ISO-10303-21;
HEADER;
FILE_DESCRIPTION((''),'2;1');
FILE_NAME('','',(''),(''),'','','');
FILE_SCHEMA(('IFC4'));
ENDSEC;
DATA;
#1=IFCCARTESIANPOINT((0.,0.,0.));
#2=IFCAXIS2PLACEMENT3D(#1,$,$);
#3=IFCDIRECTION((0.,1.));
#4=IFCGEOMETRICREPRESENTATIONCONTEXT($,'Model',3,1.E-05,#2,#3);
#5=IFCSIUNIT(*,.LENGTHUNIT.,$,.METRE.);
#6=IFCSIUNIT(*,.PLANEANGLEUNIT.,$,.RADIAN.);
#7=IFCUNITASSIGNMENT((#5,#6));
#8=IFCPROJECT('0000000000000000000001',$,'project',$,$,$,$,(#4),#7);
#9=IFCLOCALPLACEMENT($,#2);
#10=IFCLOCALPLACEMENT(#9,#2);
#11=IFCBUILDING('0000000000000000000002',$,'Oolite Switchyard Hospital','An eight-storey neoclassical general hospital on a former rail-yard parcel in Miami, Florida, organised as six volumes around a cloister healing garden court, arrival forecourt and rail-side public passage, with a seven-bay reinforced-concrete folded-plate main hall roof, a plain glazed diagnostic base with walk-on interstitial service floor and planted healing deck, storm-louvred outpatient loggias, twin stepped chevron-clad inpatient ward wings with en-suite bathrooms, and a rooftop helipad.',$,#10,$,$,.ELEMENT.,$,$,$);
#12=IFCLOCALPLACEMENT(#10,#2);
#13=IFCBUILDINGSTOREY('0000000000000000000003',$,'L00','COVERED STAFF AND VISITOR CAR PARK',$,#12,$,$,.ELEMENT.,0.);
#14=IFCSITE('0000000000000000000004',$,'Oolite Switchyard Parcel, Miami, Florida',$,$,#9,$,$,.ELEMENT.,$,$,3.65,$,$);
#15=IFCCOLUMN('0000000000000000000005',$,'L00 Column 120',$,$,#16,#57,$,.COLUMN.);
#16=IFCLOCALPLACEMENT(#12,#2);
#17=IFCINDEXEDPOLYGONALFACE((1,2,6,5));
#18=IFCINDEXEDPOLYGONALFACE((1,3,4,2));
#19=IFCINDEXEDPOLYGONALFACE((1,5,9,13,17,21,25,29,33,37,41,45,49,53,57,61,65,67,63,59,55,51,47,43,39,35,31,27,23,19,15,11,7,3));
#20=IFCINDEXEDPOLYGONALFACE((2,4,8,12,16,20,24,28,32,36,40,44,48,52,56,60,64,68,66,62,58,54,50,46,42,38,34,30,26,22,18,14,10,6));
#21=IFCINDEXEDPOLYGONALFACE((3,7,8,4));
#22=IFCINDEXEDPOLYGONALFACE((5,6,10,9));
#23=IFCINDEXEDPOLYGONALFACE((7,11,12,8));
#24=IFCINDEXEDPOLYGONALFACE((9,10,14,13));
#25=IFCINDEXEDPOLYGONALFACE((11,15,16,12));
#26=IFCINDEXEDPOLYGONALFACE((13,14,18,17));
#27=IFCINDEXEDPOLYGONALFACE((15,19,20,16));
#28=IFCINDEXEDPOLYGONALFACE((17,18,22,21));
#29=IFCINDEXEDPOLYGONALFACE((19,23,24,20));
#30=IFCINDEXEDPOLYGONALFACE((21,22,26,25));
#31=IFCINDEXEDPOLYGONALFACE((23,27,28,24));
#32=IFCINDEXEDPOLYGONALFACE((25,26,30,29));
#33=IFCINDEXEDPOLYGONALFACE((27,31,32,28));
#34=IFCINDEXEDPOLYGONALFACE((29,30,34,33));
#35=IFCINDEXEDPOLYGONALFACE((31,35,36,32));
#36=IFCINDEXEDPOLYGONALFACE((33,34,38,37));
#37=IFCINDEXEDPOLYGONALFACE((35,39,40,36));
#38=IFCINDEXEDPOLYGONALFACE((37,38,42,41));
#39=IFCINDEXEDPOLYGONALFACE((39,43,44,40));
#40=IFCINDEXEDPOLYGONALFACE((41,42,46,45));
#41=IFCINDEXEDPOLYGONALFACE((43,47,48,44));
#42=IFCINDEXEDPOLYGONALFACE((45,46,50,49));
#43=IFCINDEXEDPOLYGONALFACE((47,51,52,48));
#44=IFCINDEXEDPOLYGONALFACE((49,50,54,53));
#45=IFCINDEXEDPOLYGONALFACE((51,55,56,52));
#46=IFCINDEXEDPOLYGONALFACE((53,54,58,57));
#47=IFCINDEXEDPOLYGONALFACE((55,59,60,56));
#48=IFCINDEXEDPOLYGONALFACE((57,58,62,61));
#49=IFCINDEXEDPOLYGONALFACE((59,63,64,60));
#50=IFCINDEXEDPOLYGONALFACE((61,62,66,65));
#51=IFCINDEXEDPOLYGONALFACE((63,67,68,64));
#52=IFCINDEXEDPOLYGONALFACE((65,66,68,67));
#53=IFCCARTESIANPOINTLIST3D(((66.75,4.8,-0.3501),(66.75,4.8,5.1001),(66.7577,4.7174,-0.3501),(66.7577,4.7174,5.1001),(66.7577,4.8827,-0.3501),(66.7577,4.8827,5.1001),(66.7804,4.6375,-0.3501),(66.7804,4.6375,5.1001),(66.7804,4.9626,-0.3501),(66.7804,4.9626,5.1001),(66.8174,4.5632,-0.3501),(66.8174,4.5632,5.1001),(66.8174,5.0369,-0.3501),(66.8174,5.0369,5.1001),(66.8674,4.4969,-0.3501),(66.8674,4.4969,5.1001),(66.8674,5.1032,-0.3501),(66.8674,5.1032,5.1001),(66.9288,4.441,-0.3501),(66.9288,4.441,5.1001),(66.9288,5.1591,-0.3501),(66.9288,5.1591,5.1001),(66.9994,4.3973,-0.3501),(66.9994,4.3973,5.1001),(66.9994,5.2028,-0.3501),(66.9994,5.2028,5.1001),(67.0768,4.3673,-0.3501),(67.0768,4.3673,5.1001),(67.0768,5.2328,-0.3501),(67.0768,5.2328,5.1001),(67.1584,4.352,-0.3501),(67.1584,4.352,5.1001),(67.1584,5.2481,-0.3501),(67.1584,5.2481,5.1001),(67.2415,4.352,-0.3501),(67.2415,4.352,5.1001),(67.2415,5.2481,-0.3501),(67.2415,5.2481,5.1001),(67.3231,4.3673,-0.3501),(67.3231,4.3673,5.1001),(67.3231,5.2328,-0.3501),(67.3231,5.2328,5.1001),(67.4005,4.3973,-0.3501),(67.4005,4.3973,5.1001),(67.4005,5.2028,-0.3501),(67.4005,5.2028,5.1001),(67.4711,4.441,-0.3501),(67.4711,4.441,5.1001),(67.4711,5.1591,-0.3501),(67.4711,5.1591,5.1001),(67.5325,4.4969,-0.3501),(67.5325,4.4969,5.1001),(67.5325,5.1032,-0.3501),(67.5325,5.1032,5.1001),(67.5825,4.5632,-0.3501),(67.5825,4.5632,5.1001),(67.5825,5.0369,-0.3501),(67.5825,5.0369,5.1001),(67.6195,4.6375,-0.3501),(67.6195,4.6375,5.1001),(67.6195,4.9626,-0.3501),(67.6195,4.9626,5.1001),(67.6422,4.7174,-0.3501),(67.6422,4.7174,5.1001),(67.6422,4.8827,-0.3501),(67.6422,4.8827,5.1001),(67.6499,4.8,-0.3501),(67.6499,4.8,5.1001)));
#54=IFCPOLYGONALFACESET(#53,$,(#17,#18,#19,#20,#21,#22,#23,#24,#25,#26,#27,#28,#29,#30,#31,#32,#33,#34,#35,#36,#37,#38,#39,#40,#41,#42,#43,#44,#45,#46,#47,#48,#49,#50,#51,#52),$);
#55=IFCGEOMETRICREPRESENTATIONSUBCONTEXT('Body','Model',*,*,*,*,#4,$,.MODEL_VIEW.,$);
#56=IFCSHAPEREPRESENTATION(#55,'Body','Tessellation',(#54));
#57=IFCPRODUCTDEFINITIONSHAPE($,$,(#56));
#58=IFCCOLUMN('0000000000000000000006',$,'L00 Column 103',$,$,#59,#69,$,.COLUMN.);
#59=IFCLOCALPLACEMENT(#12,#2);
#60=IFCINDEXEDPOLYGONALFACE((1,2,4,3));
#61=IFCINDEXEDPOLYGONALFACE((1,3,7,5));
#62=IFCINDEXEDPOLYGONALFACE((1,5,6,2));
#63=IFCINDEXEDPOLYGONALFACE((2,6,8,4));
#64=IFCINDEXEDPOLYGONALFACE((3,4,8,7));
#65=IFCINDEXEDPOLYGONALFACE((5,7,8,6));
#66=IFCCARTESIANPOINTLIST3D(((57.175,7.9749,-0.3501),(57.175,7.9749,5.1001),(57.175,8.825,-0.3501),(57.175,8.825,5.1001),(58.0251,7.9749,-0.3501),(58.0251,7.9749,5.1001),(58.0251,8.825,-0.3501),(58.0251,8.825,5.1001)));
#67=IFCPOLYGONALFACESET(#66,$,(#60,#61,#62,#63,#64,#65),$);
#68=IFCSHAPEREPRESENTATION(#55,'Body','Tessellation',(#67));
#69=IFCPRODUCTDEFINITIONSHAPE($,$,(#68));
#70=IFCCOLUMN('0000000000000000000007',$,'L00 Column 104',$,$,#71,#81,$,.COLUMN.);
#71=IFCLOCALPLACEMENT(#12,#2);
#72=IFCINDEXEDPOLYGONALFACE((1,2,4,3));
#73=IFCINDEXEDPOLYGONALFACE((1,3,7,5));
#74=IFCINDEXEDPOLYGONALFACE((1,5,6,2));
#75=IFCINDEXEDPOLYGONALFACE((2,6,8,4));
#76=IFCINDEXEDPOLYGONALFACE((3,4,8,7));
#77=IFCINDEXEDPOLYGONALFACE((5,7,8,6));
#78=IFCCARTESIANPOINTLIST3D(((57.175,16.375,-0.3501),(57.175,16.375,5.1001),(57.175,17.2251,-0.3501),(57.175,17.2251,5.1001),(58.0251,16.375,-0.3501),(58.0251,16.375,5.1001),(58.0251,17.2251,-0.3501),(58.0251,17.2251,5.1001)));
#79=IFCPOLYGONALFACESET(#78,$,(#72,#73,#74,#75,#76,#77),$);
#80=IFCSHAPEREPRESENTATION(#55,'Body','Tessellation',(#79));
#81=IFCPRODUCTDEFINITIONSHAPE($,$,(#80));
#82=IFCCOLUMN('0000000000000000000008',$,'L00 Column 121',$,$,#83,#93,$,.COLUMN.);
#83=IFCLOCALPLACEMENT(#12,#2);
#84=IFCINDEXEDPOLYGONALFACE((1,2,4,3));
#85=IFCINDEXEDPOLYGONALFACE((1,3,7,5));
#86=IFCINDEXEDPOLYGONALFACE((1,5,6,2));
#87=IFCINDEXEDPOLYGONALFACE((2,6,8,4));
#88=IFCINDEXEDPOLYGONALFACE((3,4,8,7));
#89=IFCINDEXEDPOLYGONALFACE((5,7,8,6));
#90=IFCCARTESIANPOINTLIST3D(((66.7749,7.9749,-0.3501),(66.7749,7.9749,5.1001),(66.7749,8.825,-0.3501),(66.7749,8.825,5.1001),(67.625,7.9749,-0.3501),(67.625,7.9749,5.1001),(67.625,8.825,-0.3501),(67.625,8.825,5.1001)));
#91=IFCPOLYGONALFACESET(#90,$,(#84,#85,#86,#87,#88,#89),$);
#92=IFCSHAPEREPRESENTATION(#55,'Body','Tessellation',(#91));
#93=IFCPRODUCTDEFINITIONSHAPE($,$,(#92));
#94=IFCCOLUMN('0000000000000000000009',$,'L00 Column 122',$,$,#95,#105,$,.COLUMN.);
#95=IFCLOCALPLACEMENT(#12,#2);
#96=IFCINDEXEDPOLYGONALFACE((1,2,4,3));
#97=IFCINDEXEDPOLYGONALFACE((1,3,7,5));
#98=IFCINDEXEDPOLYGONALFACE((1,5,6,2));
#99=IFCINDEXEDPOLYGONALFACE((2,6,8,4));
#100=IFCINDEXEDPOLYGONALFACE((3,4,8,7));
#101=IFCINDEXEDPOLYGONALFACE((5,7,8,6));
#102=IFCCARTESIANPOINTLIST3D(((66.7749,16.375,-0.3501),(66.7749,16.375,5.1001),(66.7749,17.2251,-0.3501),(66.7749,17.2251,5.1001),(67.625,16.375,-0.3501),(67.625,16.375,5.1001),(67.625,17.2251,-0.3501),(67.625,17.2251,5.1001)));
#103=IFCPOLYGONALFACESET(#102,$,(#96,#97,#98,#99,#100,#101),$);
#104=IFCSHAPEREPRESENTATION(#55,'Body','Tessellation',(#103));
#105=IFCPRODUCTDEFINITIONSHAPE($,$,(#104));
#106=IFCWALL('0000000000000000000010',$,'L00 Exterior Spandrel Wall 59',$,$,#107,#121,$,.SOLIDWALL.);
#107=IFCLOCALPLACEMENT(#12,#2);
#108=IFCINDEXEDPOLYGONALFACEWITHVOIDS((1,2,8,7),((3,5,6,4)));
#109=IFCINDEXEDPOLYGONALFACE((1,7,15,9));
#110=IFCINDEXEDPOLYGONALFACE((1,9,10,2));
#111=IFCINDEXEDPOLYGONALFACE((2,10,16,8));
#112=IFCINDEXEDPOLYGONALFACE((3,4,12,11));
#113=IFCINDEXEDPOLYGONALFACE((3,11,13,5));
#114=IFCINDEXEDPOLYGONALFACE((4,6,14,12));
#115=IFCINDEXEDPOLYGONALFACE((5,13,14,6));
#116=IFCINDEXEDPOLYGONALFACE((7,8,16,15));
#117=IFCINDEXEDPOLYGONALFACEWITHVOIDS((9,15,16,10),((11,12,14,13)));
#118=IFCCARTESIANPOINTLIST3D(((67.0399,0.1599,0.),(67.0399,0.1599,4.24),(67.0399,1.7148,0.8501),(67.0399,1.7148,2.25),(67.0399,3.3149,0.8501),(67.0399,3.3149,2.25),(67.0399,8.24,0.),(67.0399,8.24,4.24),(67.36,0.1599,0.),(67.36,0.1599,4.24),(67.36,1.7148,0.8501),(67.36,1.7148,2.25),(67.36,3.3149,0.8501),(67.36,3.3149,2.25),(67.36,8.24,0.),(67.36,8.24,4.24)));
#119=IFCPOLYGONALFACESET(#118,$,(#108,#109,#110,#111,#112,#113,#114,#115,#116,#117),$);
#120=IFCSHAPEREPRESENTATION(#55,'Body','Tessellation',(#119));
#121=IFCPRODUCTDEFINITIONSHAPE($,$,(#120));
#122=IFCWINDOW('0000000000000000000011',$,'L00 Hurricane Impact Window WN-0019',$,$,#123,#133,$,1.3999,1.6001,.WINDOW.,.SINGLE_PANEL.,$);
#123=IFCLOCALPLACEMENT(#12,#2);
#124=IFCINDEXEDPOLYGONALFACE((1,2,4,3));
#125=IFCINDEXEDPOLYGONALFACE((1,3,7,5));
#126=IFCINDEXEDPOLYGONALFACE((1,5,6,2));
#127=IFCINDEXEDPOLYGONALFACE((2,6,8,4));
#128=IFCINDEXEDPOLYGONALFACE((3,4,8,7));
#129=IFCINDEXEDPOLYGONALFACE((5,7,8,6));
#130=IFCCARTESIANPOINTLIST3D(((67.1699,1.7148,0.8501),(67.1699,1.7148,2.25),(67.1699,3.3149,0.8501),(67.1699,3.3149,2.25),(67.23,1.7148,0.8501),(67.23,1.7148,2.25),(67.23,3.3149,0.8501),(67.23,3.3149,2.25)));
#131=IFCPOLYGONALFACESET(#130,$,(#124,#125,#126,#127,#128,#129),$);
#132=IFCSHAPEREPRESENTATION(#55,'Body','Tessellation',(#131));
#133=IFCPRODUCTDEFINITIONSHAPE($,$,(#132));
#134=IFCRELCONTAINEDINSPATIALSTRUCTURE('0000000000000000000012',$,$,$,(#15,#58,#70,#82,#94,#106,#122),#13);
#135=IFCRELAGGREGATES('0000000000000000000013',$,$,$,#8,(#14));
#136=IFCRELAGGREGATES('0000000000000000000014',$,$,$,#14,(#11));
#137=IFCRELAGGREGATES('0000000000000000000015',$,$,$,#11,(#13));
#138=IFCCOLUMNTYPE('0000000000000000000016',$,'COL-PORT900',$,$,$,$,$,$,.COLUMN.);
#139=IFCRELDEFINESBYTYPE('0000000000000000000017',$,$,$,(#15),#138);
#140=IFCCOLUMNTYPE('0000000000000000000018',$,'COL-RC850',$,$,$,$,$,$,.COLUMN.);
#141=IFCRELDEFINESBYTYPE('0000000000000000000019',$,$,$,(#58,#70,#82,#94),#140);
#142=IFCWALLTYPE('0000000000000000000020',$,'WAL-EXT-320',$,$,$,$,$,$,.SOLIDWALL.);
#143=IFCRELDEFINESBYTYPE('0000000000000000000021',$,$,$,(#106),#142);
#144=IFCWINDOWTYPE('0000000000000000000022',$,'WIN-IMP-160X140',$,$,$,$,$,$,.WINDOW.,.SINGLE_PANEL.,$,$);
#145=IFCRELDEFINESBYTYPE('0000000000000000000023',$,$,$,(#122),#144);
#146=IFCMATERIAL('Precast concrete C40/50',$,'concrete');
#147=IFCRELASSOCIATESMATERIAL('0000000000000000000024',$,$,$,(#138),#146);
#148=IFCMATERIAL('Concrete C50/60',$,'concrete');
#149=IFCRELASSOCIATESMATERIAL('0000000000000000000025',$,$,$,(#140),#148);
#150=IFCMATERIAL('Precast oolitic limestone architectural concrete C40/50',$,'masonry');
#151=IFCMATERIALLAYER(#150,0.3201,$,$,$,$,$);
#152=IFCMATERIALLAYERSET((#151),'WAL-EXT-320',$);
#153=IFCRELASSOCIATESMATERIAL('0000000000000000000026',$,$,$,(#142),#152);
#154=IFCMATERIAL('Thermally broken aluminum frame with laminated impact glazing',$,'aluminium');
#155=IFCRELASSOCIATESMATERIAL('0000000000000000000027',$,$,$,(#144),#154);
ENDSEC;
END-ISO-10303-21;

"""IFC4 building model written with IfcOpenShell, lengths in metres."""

from ifc_helpers import new_model, si_unit, direction, frame, frame_2d, origin, origin_2d, place, context, subcontext, project, spatial, rectangle, circle, extrude, material, layer, layer_set, material_profile, profile_set, type_object, element, fill, save


model = new_model("IFC4")

# Units and contexts
model_context = context("Model", 3, precision=1e-05, world=origin(), true_north=direction((0.0, 1.0)))
body_context = subcontext(model_context, "Body", "Model", "MODEL_VIEW")
ifc_project = project(units=[si_unit("LENGTHUNIT", "METRE"), si_unit("PLANEANGLEUNIT", "RADIAN")], contexts=[model_context])

# Site, building, storey
site_placement = place(None, origin())
site = spatial("IfcSite", under=ifc_project, at=site_placement, Name="Oolite Switchyard Parcel, Miami, Florida", CompositionType="ELEMENT", RefElevation=3.65)
building_placement = place(site_placement, origin())
building = spatial("IfcBuilding", under=site, at=building_placement, Name="Oolite Switchyard Hospital", Description="An eight-storey neoclassical general hospital on a former rail-yard parcel in Miami, Florida, organised as six volumes around a cloister healing garden court, arrival forecourt and rail-side public passage, with a seven-bay reinforced-concrete folded-plate main hall roof, a plain glazed diagnostic base with walk-on interstitial service floor and planted healing deck, storm-louvred outpatient loggias, twin stepped chevron-clad inpatient ward wings with en-suite bathrooms, and a rooftop helipad.", CompositionType="ELEMENT")
storey_placement = place(building_placement, origin())
storey = spatial("IfcBuildingStorey", under=building, at=storey_placement, Name="L00", Description="COVERED STAFF AND VISITOR CAR PARK", CompositionType="ELEMENT", Elevation=0.0)

# Columns
ifc_material_1 = material(Name="Precast concrete C40/50", Category="concrete")
ifc_material_profile_1 = material_profile(ifc_material_1, circle(Radius=0.45, at=origin_2d()), Name="RCCOL900")
ifc_profile_set_1 = profile_set([ifc_material_profile_1], Name="Precast concrete C40/50")
column_type_1 = type_object("IfcColumnType", Name="COL-PORT900", PredefinedType="COLUMN", material=ifc_profile_set_1)
column_placement = place(storey_placement, frame((67.2, 4.8, -0.3501), z_axis=(0.0, 0.0, 1.0), x_axis=(1.0, 0.0, 0.0)))
element("IfcColumn", 1, at=column_placement, inside=storey, type_object=column_type_1, Name="L00 Column 120", PredefinedType="COLUMN", context=body_context, shape_type="SweptSolid", body=[
    extrude(circle(Radius=0.45, at=origin_2d()), origin(), (0.0, 0.0, 1.0), 5.4502),
])
ifc_material_2 = material(Name="Concrete C50/60", Category="concrete")
ifc_material_profile_2 = material_profile(ifc_material_2, rectangle(XDim=0.8501, YDim=0.8501, at=origin_2d()), Name="RC850X850")
ifc_profile_set_2 = profile_set([ifc_material_profile_2], Name="Concrete C50/60")
column_type_2 = type_object("IfcColumnType", Name="COL-RC850", PredefinedType="COLUMN", material=ifc_profile_set_2)
for number, where, z_axis, x_axis, name in (
    (2, (57.6001, 8.3999, -0.3501), (0.0, 0.0, 1.0), (1.0, 0.0, 0.0), "L00 Column 103"),
    (3, (57.6001, 16.8, -0.3501), (0.0, 0.0, 1.0), (1.0, 0.0, 0.0), "L00 Column 104"),
    (4, (67.2, 8.3999, -0.3501), (0.0, 0.0, 1.0), (1.0, 0.0, 0.0), "L00 Column 121"),
    (5, (67.2, 16.8, -0.3501), (0.0, 0.0, 1.0), (1.0, 0.0, 0.0), "L00 Column 122"),
):
    element("IfcColumn", number, at=place(storey_placement, frame(where, z_axis=z_axis, x_axis=x_axis)), inside=storey, type_object=column_type_2, Name=name, PredefinedType="COLUMN", context=body_context, shape_type="SweptSolid", body=[
        extrude(rectangle(XDim=0.8501, YDim=0.8501, at=origin_2d()), origin(), (0.0, 0.0, 1.0), 5.4502),
    ])

# Wall, opening, window
ifc_material_3 = material(Name="Precast oolitic limestone architectural concrete C40/50", Category="masonry")
ifc_layer = layer(ifc_material_3, 0.3201)
ifc_layer_set = layer_set([ifc_layer], Name="WAL-EXT-320")
wall_type = type_object("IfcWallType", Name="WAL-EXT-320", PredefinedType="SOLIDWALL", material=ifc_layer_set)
wall_placement = place(storey_placement, frame((67.2, 8.24, 0.0), z_axis=(0.0, 0.0, 1.0), x_axis=(0.0, -1.0, 0.0)))
wall = element("IfcWall", 6, at=wall_placement, inside=storey, type_object=wall_type, Name="L00 Exterior Spandrel Wall 59", PredefinedType="SOLIDWALL", context=body_context, shape_type="SweptSolid", body=[
    extrude(rectangle(XDim=8.0801, YDim=0.3201, at=frame_2d((4.04, 0.0))), origin(), (0.0, 0.0, 1.0), 4.24),
])
opening_placement = place(wall_placement, frame((4.925, 0.0, 0.8501)))
opening = element("IfcOpeningElement", 7, at=opening_placement, cuts=wall, PredefinedType="OPENING", context=body_context, shape_type="SweptSolid", body=[
    extrude(rectangle(XDim=1.6001, YDim=1.3999, at=frame_2d((0.8, 0.7))), frame((0.0, 0.1699, 0.0), z_axis=(0.0, -1.0, 0.0), x_axis=(1.0, 0.0, 0.0)), (0.0, 0.0, 1.0), 0.3401),
])
ifc_material_4 = material(Name="Thermally broken aluminum frame with laminated impact glazing", Category="aluminium")
window_type = type_object("IfcWindowType", Name="WIN-IMP-160X140", PartitioningType="SINGLE_PANEL", PredefinedType="WINDOW", material=ifc_material_4)
window_placement = place(opening_placement, origin())
window = element("IfcWindow", 8, at=window_placement, inside=storey, type_object=window_type, Name="L00 Hurricane Impact Window WN-0019", OverallHeight=1.3999, OverallWidth=1.6001, PartitioningType="SINGLE_PANEL", PredefinedType="WINDOW", context=body_context, shape_type="SweptSolid", body=[
    extrude(rectangle(XDim=1.6001, YDim=1.3999, at=frame_2d((0.8, 0.7))), frame((0.0, 0.03, 0.0), z_axis=(0.0, -1.0, 0.0), x_axis=(1.0, 0.0, 0.0)), (0.0, 0.0, 1.0), 0.0601),
])
fill(opening, window)

save(model, "model.ifc")
